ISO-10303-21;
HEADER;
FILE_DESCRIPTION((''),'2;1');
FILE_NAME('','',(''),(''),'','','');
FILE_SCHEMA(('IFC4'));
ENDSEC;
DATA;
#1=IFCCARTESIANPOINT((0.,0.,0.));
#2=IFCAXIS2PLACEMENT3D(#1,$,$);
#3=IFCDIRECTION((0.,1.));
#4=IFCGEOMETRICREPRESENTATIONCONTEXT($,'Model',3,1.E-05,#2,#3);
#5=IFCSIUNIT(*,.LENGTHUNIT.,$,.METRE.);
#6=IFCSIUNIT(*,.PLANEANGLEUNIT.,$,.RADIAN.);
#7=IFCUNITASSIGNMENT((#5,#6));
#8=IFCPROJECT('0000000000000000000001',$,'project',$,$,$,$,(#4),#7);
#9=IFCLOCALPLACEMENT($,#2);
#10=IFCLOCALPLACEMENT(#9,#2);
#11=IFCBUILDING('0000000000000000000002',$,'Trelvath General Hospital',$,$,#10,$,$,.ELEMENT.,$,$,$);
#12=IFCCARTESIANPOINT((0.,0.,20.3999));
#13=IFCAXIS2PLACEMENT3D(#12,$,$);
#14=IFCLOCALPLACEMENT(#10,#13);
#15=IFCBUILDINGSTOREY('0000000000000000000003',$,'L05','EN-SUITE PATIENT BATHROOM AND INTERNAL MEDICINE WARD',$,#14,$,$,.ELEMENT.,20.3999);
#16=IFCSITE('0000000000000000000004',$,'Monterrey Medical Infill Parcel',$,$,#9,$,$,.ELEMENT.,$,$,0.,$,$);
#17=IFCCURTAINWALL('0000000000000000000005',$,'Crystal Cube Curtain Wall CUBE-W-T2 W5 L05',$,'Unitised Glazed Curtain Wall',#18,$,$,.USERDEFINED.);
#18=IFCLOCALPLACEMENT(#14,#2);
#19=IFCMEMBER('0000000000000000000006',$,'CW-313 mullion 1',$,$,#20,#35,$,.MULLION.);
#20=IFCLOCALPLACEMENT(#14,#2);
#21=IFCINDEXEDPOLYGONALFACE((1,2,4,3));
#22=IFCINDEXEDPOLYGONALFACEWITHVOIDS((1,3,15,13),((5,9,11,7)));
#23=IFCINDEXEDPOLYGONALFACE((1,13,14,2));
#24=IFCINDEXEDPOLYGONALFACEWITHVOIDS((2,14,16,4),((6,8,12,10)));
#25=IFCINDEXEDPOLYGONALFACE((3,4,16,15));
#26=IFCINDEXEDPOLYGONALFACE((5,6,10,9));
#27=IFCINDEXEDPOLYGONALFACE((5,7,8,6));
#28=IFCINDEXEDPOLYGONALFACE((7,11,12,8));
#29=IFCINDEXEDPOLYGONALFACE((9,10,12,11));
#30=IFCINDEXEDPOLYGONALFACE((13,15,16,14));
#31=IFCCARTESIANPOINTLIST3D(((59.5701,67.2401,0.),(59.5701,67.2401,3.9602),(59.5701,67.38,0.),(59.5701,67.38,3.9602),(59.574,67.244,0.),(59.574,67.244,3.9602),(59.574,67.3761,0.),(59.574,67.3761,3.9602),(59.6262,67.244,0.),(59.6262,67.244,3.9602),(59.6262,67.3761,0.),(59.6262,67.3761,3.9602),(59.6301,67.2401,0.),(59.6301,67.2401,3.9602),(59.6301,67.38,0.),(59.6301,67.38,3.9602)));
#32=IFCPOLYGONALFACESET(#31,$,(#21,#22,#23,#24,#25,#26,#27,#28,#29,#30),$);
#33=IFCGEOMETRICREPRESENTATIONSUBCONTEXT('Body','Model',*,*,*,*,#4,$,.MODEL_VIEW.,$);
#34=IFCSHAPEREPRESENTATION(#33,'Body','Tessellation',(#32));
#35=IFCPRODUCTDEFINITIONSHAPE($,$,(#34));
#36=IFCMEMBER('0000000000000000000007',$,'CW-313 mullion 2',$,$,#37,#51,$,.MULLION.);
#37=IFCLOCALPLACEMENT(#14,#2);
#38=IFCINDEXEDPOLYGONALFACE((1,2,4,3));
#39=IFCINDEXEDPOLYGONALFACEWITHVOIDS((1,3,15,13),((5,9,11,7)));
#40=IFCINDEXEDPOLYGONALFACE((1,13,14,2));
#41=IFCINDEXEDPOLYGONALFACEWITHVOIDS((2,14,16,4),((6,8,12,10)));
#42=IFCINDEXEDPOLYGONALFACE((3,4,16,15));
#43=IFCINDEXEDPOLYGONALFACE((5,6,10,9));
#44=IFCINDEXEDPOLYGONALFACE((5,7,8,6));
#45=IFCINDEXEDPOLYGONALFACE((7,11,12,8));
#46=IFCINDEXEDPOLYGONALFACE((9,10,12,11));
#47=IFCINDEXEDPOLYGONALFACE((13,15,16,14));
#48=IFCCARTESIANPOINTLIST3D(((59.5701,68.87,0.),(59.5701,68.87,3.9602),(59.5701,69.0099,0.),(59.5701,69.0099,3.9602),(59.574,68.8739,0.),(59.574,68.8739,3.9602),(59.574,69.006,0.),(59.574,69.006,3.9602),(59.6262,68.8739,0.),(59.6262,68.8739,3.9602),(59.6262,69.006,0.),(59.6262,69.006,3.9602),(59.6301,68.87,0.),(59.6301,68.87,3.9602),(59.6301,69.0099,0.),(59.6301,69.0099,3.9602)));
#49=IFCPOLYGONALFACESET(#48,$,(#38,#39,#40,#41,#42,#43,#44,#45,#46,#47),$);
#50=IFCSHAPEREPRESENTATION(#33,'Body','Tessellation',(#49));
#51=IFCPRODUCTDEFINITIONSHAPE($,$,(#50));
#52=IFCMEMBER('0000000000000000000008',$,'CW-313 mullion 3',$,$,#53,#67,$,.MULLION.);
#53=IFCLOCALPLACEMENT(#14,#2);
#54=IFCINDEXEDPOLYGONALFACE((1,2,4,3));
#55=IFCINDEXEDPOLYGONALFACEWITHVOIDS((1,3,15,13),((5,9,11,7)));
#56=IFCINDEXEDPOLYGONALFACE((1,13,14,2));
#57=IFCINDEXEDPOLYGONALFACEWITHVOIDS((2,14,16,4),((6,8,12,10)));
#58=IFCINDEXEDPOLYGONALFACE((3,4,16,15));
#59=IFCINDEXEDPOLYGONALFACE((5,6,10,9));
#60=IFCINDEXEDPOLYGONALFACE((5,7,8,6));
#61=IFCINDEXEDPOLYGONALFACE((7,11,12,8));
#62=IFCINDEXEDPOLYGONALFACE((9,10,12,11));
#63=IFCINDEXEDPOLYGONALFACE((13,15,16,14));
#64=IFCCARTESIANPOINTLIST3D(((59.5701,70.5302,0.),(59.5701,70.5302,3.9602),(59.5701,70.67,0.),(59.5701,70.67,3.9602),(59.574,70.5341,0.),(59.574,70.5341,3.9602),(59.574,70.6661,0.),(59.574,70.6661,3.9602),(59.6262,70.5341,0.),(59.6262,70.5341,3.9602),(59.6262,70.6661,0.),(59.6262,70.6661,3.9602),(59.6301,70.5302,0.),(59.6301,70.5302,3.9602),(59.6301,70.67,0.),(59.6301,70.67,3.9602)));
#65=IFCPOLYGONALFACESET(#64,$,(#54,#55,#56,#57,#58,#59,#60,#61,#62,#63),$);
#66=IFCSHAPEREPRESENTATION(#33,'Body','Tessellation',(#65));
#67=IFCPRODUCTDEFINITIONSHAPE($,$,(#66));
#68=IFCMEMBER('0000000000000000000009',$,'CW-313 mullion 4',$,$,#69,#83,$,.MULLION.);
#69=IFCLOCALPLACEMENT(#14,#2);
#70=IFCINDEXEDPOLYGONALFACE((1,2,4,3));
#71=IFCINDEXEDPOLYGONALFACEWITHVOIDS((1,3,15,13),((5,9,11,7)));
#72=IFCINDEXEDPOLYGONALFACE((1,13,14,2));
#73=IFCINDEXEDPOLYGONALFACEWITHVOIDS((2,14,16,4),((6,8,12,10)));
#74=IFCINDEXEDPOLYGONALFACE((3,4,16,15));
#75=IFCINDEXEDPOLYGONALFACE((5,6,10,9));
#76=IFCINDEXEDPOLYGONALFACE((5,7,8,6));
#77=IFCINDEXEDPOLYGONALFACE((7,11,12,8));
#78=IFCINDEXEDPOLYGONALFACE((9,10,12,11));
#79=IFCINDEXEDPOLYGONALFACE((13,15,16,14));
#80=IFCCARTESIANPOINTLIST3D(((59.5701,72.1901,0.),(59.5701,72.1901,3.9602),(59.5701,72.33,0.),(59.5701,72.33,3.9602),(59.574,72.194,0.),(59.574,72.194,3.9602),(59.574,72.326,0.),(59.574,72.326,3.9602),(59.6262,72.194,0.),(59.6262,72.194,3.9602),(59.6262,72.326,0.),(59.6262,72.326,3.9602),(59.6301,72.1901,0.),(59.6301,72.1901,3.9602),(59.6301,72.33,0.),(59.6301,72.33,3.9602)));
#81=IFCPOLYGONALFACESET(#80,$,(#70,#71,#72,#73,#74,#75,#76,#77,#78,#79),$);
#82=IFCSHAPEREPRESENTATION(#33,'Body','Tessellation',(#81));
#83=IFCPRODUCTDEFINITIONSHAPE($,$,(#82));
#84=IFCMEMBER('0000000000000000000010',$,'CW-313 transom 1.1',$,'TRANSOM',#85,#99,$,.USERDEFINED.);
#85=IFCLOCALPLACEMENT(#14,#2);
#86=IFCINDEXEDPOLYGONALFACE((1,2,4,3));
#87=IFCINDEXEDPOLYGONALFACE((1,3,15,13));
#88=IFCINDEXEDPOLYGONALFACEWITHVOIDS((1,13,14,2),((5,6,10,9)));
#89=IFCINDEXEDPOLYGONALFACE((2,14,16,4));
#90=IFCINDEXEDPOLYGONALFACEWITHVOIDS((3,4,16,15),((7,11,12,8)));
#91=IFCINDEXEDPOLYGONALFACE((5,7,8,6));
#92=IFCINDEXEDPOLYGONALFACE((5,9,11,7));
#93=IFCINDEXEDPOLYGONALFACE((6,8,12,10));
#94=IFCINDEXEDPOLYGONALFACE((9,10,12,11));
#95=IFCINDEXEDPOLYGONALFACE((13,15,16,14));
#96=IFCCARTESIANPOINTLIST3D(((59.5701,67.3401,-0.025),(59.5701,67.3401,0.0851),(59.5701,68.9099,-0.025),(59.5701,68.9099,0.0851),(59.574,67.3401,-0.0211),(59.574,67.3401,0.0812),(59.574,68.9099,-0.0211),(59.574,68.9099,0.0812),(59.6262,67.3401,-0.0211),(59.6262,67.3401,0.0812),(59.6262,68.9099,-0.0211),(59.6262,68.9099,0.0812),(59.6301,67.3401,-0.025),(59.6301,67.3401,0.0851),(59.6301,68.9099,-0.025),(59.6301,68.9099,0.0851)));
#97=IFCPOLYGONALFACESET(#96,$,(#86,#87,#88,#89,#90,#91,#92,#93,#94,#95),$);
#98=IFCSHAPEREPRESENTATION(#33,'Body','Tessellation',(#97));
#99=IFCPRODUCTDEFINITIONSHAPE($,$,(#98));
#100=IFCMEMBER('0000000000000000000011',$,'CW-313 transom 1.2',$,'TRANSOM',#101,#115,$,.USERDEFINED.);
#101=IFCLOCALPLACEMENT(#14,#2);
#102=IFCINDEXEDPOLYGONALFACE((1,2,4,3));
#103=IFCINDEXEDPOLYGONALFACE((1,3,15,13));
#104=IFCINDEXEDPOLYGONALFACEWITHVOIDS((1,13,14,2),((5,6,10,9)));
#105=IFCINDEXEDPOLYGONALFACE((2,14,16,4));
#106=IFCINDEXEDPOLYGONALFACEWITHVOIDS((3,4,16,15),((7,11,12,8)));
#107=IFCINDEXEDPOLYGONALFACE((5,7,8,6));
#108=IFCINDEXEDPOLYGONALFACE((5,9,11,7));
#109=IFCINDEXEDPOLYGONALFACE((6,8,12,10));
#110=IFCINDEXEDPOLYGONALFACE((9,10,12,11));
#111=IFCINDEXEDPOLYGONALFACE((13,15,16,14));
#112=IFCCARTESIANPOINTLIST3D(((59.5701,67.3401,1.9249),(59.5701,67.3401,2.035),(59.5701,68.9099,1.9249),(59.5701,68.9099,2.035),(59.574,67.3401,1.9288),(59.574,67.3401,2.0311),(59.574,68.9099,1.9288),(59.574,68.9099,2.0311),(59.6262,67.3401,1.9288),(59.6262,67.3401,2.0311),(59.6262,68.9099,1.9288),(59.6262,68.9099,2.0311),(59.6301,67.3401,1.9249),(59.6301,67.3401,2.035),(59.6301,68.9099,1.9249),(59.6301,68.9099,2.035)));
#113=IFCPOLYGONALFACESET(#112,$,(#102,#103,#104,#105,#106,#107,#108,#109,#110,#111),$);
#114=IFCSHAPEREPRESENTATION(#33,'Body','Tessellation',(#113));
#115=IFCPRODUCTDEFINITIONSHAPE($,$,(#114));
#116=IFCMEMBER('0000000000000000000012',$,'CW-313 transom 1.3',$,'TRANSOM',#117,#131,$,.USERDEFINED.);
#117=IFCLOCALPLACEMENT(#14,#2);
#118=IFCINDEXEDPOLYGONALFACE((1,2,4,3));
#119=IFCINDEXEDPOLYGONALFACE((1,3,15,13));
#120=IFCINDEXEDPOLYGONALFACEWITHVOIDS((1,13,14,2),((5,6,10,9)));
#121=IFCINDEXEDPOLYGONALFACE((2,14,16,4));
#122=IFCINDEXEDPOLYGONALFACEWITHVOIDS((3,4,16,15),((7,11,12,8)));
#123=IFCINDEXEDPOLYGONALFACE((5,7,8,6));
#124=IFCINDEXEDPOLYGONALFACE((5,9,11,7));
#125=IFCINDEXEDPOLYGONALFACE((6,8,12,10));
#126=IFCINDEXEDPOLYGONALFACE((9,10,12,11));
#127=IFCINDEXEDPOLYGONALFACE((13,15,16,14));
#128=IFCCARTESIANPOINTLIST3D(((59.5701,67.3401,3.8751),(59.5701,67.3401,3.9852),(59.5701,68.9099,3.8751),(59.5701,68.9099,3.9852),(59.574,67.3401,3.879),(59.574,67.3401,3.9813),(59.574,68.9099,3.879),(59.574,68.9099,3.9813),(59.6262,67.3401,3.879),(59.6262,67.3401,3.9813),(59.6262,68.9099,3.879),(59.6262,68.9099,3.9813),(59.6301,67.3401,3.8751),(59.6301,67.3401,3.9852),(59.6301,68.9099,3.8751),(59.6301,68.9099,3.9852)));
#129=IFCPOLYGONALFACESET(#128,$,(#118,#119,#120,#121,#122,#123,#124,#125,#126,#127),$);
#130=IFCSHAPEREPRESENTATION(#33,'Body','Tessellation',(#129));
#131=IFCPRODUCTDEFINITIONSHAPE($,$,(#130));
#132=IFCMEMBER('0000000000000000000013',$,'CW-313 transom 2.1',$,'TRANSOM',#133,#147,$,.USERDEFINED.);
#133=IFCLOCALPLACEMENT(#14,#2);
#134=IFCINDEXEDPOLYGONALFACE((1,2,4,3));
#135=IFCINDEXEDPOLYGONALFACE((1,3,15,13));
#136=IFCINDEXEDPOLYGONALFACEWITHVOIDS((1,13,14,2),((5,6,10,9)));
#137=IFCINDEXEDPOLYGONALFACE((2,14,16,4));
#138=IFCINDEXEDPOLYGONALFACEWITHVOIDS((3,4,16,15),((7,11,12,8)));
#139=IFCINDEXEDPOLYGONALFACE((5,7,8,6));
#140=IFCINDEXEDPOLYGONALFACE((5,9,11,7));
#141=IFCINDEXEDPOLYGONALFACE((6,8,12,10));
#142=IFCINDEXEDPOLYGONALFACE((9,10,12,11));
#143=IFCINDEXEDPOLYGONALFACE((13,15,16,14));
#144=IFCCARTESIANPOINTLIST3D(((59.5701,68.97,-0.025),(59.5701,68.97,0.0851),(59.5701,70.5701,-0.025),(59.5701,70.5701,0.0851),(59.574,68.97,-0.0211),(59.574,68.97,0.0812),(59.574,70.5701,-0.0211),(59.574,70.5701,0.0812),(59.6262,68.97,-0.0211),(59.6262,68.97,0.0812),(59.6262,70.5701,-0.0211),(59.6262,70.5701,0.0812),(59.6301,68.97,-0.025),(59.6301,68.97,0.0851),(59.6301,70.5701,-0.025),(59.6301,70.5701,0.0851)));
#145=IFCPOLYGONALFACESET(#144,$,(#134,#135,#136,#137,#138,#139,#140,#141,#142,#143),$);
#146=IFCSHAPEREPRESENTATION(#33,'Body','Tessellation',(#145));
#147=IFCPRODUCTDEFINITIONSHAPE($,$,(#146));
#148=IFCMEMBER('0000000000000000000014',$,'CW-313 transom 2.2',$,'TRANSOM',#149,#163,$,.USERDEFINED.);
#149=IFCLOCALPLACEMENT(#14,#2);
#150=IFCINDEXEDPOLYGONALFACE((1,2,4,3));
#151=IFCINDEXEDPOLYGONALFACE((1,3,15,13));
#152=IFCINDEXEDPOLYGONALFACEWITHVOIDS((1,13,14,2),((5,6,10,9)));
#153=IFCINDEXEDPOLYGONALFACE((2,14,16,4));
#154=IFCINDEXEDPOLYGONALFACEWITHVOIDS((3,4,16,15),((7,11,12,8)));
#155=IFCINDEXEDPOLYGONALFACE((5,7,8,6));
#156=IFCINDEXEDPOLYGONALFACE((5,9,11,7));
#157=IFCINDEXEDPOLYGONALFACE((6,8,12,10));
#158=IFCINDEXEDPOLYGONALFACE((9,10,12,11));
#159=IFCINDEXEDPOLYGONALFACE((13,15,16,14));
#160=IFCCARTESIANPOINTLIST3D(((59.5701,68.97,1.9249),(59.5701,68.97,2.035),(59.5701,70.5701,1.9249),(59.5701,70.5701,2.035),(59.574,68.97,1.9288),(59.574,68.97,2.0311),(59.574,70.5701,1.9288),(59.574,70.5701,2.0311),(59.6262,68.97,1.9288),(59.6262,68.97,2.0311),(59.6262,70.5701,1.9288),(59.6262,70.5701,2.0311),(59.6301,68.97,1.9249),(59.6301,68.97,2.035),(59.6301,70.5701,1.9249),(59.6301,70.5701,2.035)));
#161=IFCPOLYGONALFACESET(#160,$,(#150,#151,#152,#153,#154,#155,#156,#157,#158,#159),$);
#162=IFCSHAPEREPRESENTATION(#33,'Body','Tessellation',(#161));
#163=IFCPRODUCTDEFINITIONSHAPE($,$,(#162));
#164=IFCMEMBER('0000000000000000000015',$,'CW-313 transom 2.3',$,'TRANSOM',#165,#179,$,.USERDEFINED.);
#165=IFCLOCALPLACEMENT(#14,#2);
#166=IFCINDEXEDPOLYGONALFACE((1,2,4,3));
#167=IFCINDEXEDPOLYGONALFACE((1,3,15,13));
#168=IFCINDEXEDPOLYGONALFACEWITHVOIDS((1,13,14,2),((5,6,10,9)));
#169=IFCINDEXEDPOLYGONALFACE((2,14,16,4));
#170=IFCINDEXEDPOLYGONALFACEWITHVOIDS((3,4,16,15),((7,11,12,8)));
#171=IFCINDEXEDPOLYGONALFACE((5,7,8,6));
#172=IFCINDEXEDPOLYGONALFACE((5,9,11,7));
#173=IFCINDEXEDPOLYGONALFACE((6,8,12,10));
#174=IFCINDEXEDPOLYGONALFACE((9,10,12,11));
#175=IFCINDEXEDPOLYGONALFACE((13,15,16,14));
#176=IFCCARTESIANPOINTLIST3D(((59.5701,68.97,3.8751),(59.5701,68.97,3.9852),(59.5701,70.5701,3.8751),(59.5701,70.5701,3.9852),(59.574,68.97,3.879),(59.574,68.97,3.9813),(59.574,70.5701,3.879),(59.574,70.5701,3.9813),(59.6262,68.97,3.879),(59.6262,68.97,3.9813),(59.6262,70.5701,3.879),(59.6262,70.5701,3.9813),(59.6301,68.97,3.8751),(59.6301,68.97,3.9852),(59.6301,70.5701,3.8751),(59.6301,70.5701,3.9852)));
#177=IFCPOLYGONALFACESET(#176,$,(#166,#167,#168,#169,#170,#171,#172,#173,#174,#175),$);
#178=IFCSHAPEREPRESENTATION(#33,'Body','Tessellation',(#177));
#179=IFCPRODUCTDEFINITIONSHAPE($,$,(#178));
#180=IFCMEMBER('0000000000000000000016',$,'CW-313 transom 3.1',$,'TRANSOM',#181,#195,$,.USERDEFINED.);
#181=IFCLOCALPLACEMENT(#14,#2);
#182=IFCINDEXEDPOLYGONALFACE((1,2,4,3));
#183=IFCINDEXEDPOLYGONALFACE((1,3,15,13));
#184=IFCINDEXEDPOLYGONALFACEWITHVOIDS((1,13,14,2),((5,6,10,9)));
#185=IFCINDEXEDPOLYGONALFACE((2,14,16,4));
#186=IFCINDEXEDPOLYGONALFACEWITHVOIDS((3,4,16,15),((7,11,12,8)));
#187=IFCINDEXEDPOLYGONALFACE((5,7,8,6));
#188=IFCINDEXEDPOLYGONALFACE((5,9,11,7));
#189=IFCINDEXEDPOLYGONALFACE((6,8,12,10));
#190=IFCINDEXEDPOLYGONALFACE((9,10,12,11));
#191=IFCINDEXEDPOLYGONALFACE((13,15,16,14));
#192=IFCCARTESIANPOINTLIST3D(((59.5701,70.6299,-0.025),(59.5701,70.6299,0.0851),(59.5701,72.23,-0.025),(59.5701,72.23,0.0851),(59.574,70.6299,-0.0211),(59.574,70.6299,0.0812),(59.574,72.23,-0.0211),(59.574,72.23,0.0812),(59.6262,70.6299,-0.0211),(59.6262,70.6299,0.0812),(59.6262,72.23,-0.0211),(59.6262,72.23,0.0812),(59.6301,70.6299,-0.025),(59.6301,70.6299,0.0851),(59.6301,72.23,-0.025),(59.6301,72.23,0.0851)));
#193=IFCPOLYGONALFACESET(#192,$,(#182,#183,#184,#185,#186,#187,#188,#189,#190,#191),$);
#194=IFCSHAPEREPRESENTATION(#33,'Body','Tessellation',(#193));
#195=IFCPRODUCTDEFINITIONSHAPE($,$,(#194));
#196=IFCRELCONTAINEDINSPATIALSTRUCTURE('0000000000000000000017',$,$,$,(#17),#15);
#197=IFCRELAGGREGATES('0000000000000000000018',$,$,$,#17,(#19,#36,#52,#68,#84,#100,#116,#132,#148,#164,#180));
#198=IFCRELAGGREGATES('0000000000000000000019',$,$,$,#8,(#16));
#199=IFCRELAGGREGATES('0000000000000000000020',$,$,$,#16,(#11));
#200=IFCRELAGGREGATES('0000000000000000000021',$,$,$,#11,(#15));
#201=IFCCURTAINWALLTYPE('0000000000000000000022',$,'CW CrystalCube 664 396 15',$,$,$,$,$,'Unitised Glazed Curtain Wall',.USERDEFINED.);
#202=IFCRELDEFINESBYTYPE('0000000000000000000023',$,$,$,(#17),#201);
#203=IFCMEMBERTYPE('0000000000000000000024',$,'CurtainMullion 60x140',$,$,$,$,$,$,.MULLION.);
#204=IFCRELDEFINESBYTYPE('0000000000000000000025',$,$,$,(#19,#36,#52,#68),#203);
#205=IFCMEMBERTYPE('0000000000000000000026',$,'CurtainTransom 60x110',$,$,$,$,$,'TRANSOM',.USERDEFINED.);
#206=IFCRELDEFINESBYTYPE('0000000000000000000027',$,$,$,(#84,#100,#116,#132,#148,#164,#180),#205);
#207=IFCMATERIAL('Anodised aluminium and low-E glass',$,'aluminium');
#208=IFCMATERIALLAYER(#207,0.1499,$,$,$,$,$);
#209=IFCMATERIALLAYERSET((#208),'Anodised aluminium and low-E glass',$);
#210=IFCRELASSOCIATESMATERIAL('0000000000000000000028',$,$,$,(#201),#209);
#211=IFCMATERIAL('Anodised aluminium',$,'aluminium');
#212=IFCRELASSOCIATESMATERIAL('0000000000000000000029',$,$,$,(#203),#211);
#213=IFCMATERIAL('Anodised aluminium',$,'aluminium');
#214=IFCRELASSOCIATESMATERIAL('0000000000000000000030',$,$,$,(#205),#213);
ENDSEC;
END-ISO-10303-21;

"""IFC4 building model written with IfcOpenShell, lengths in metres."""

from ifc_helpers import new_model, si_unit, direction, frame, origin, origin_2d, place, context, subcontext, project, spatial, hollow_rectangle, extrude, material, layer, layer_set, material_profile, profile_set, type_object, element, aggregate, save


model = new_model("IFC4")

# Units and contexts
model_context = context("Model", 3, precision=1e-05, world=origin(), true_north=direction((0.0, 1.0)))
body_context = subcontext(model_context, "Body", "Model", "MODEL_VIEW")
ifc_project = project(units=[si_unit("LENGTHUNIT", "METRE"), si_unit("PLANEANGLEUNIT", "RADIAN")], contexts=[model_context])

# Site, building, storey
site_placement = place(None, origin())
site = spatial("IfcSite", under=ifc_project, at=site_placement, Name="Monterrey Medical Infill Parcel", CompositionType="ELEMENT", RefElevation=0.0)
building_placement = place(site_placement, origin())
building = spatial("IfcBuilding", under=site, at=building_placement, Name="Trelvath General Hospital", CompositionType="ELEMENT")
storey_placement = place(building_placement, frame((0.0, 0.0, 20.3999)))
storey = spatial("IfcBuildingStorey", under=building, at=storey_placement, Name="L05", Description="EN-SUITE PATIENT BATHROOM AND INTERNAL MEDICINE WARD", CompositionType="ELEMENT", Elevation=20.3999)

# Curtain wall, members
ifc_material_1 = material(Name="Anodised aluminium and low-E glass", Category="aluminium")
ifc_layer_1 = layer(ifc_material_1, 0.1499)
ifc_layer_set_1 = layer_set([ifc_layer_1], Name="Anodised aluminium and low-E glass")
curtain_wall_type = type_object("IfcCurtainWallType", Name="CW CrystalCube 664 396 15", ElementType="Unitised Glazed Curtain Wall", PredefinedType="USERDEFINED", material=ifc_layer_set_1)
curtain_wall_placement = place(storey_placement, origin())
curtain_wall = element("IfcCurtainWall", 1, at=curtain_wall_placement, inside=storey, type_object=curtain_wall_type, Name="Crystal Cube Curtain Wall CUBE-W-T2 W5 L05", ObjectType="Unitised Glazed Curtain Wall", PredefinedType="USERDEFINED")
ifc_material_2 = material(Name="Anodised aluminium", Category="aluminium")
ifc_material_profile_1 = material_profile(ifc_material_2, hollow_rectangle(XDim=0.0601, YDim=0.1399, WallThickness=0.0039, at=origin_2d()), Name="RHS60x140x4")
ifc_profile_set_1 = profile_set([ifc_material_profile_1], Name="Anodised aluminium")
member_type_1 = type_object("IfcMemberType", Name="CurtainMullion 60x140", PredefinedType="MULLION", material=ifc_profile_set_1)
member_1_placement = place(storey_placement, frame((59.6001, 67.3101, 0.0), z_axis=(0.0, 0.0, 1.0), x_axis=(-1.0, 0.0, 0.0)))
member_1 = element("IfcMember", 2, at=member_1_placement, type_object=member_type_1, Name="CW-313 mullion 1", PredefinedType="MULLION", context=body_context, shape_type="SweptSolid", body=[
    extrude(hollow_rectangle(XDim=0.0601, YDim=0.1399, WallThickness=0.0039, at=origin_2d()), origin(), (0.0, 0.0, 1.0), 3.9602),
])
member_2_placement = place(storey_placement, frame((59.6001, 68.9399, 0.0), z_axis=(0.0, 0.0, 1.0), x_axis=(-1.0, 0.0, 0.0)))
member_2 = element("IfcMember", 3, at=member_2_placement, type_object=member_type_1, Name="CW-313 mullion 2", PredefinedType="MULLION", context=body_context, shape_type="SweptSolid", body=[
    extrude(hollow_rectangle(XDim=0.0601, YDim=0.1399, WallThickness=0.0039, at=origin_2d()), origin(), (0.0, 0.0, 1.0), 3.9602),
])
member_3_placement = place(storey_placement, frame((59.6001, 70.6001, 0.0), z_axis=(0.0, 0.0, 1.0), x_axis=(-1.0, 0.0, 0.0)))
member_3 = element("IfcMember", 4, at=member_3_placement, type_object=member_type_1, Name="CW-313 mullion 3", PredefinedType="MULLION", context=body_context, shape_type="SweptSolid", body=[
    extrude(hollow_rectangle(XDim=0.0601, YDim=0.1399, WallThickness=0.0039, at=origin_2d()), origin(), (0.0, 0.0, 1.0), 3.9602),
])
member_4_placement = place(storey_placement, frame((59.6001, 72.26, 0.0), z_axis=(0.0, 0.0, 1.0), x_axis=(-1.0, 0.0, 0.0)))
member_4 = element("IfcMember", 5, at=member_4_placement, type_object=member_type_1, Name="CW-313 mullion 4", PredefinedType="MULLION", context=body_context, shape_type="SweptSolid", body=[
    extrude(hollow_rectangle(XDim=0.0601, YDim=0.1399, WallThickness=0.0039, at=origin_2d()), origin(), (0.0, 0.0, 1.0), 3.9602),
])
ifc_material_3 = material(Name="Anodised aluminium", Category="aluminium")
ifc_material_profile_2 = material_profile(ifc_material_3, hollow_rectangle(XDim=0.0601, YDim=0.1101, WallThickness=0.0039, at=origin_2d()), Name="RHS60x110x4")
ifc_profile_set_2 = profile_set([ifc_material_profile_2], Name="Anodised aluminium")
member_type_2 = type_object("IfcMemberType", Name="CurtainTransom 60x110", ElementType="TRANSOM", PredefinedType="USERDEFINED", material=ifc_profile_set_2)
member_5_placement = place(storey_placement, frame((59.6001, 67.3401, 0.03), z_axis=(0.0, 1.0, 0.0), x_axis=(-1.0, 0.0, 0.0)))
member_5 = element("IfcMember", 6, at=member_5_placement, type_object=member_type_2, Name="CW-313 transom 1.1", ObjectType="TRANSOM", PredefinedType="USERDEFINED", context=body_context, shape_type="SweptSolid", body=[
    extrude(hollow_rectangle(XDim=0.0601, YDim=0.1101, WallThickness=0.0039, at=origin_2d()), origin(), (0.0, 0.0, 1.0), 1.5698),
])
member_6_placement = place(storey_placement, frame((59.6001, 67.3401, 1.98), z_axis=(0.0, 1.0, 0.0), x_axis=(-1.0, 0.0, 0.0)))
member_6 = element("IfcMember", 7, at=member_6_placement, type_object=member_type_2, Name="CW-313 transom 1.2", ObjectType="TRANSOM", PredefinedType="USERDEFINED", context=body_context, shape_type="SweptSolid", body=[
    extrude(hollow_rectangle(XDim=0.0601, YDim=0.1101, WallThickness=0.0039, at=origin_2d()), origin(), (0.0, 0.0, 1.0), 1.5698),
])
member_7_placement = place(storey_placement, frame((59.6001, 67.3401, 3.9302), z_axis=(0.0, 1.0, 0.0), x_axis=(-1.0, 0.0, 0.0)))
member_7 = element("IfcMember", 8, at=member_7_placement, type_object=member_type_2, Name="CW-313 transom 1.3", ObjectType="TRANSOM", PredefinedType="USERDEFINED", context=body_context, shape_type="SweptSolid", body=[
    extrude(hollow_rectangle(XDim=0.0601, YDim=0.1101, WallThickness=0.0039, at=origin_2d()), origin(), (0.0, 0.0, 1.0), 1.5698),
])
member_8_placement = place(storey_placement, frame((59.6001, 68.97, 0.03), z_axis=(0.0, 1.0, 0.0), x_axis=(-1.0, 0.0, 0.0)))
member_8 = element("IfcMember", 9, at=member_8_placement, type_object=member_type_2, Name="CW-313 transom 2.1", ObjectType="TRANSOM", PredefinedType="USERDEFINED", context=body_context, shape_type="SweptSolid", body=[
    extrude(hollow_rectangle(XDim=0.0601, YDim=0.1101, WallThickness=0.0039, at=origin_2d()), origin(), (0.0, 0.0, 1.0), 1.6001),
])
member_9_placement = place(storey_placement, frame((59.6001, 68.97, 1.98), z_axis=(0.0, 1.0, 0.0), x_axis=(-1.0, 0.0, 0.0)))
member_9 = element("IfcMember", 10, at=member_9_placement, type_object=member_type_2, Name="CW-313 transom 2.2", ObjectType="TRANSOM", PredefinedType="USERDEFINED", context=body_context, shape_type="SweptSolid", body=[
    extrude(hollow_rectangle(XDim=0.0601, YDim=0.1101, WallThickness=0.0039, at=origin_2d()), origin(), (0.0, 0.0, 1.0), 1.6001),
])
member_10_placement = place(storey_placement, frame((59.6001, 68.97, 3.9302), z_axis=(0.0, 1.0, 0.0), x_axis=(-1.0, 0.0, 0.0)))
member_10 = element("IfcMember", 11, at=member_10_placement, type_object=member_type_2, Name="CW-313 transom 2.3", ObjectType="TRANSOM", PredefinedType="USERDEFINED", context=body_context, shape_type="SweptSolid", body=[
    extrude(hollow_rectangle(XDim=0.0601, YDim=0.1101, WallThickness=0.0039, at=origin_2d()), origin(), (0.0, 0.0, 1.0), 1.6001),
])
member_11_placement = place(storey_placement, frame((59.6001, 70.6299, 0.03), z_axis=(0.0, 1.0, 0.0), x_axis=(-1.0, 0.0, 0.0)))
member_11 = element("IfcMember", 12, at=member_11_placement, type_object=member_type_2, Name="CW-313 transom 3.1", ObjectType="TRANSOM", PredefinedType="USERDEFINED", context=body_context, shape_type="SweptSolid", body=[
    extrude(hollow_rectangle(XDim=0.0601, YDim=0.1101, WallThickness=0.0039, at=origin_2d()), origin(), (0.0, 0.0, 1.0), 1.6001),
])
aggregate(curtain_wall, [member_1, member_2, member_3, member_4, member_5, member_6, member_7, member_8, member_9, member_10, member_11])

save(model, "model.ifc")
